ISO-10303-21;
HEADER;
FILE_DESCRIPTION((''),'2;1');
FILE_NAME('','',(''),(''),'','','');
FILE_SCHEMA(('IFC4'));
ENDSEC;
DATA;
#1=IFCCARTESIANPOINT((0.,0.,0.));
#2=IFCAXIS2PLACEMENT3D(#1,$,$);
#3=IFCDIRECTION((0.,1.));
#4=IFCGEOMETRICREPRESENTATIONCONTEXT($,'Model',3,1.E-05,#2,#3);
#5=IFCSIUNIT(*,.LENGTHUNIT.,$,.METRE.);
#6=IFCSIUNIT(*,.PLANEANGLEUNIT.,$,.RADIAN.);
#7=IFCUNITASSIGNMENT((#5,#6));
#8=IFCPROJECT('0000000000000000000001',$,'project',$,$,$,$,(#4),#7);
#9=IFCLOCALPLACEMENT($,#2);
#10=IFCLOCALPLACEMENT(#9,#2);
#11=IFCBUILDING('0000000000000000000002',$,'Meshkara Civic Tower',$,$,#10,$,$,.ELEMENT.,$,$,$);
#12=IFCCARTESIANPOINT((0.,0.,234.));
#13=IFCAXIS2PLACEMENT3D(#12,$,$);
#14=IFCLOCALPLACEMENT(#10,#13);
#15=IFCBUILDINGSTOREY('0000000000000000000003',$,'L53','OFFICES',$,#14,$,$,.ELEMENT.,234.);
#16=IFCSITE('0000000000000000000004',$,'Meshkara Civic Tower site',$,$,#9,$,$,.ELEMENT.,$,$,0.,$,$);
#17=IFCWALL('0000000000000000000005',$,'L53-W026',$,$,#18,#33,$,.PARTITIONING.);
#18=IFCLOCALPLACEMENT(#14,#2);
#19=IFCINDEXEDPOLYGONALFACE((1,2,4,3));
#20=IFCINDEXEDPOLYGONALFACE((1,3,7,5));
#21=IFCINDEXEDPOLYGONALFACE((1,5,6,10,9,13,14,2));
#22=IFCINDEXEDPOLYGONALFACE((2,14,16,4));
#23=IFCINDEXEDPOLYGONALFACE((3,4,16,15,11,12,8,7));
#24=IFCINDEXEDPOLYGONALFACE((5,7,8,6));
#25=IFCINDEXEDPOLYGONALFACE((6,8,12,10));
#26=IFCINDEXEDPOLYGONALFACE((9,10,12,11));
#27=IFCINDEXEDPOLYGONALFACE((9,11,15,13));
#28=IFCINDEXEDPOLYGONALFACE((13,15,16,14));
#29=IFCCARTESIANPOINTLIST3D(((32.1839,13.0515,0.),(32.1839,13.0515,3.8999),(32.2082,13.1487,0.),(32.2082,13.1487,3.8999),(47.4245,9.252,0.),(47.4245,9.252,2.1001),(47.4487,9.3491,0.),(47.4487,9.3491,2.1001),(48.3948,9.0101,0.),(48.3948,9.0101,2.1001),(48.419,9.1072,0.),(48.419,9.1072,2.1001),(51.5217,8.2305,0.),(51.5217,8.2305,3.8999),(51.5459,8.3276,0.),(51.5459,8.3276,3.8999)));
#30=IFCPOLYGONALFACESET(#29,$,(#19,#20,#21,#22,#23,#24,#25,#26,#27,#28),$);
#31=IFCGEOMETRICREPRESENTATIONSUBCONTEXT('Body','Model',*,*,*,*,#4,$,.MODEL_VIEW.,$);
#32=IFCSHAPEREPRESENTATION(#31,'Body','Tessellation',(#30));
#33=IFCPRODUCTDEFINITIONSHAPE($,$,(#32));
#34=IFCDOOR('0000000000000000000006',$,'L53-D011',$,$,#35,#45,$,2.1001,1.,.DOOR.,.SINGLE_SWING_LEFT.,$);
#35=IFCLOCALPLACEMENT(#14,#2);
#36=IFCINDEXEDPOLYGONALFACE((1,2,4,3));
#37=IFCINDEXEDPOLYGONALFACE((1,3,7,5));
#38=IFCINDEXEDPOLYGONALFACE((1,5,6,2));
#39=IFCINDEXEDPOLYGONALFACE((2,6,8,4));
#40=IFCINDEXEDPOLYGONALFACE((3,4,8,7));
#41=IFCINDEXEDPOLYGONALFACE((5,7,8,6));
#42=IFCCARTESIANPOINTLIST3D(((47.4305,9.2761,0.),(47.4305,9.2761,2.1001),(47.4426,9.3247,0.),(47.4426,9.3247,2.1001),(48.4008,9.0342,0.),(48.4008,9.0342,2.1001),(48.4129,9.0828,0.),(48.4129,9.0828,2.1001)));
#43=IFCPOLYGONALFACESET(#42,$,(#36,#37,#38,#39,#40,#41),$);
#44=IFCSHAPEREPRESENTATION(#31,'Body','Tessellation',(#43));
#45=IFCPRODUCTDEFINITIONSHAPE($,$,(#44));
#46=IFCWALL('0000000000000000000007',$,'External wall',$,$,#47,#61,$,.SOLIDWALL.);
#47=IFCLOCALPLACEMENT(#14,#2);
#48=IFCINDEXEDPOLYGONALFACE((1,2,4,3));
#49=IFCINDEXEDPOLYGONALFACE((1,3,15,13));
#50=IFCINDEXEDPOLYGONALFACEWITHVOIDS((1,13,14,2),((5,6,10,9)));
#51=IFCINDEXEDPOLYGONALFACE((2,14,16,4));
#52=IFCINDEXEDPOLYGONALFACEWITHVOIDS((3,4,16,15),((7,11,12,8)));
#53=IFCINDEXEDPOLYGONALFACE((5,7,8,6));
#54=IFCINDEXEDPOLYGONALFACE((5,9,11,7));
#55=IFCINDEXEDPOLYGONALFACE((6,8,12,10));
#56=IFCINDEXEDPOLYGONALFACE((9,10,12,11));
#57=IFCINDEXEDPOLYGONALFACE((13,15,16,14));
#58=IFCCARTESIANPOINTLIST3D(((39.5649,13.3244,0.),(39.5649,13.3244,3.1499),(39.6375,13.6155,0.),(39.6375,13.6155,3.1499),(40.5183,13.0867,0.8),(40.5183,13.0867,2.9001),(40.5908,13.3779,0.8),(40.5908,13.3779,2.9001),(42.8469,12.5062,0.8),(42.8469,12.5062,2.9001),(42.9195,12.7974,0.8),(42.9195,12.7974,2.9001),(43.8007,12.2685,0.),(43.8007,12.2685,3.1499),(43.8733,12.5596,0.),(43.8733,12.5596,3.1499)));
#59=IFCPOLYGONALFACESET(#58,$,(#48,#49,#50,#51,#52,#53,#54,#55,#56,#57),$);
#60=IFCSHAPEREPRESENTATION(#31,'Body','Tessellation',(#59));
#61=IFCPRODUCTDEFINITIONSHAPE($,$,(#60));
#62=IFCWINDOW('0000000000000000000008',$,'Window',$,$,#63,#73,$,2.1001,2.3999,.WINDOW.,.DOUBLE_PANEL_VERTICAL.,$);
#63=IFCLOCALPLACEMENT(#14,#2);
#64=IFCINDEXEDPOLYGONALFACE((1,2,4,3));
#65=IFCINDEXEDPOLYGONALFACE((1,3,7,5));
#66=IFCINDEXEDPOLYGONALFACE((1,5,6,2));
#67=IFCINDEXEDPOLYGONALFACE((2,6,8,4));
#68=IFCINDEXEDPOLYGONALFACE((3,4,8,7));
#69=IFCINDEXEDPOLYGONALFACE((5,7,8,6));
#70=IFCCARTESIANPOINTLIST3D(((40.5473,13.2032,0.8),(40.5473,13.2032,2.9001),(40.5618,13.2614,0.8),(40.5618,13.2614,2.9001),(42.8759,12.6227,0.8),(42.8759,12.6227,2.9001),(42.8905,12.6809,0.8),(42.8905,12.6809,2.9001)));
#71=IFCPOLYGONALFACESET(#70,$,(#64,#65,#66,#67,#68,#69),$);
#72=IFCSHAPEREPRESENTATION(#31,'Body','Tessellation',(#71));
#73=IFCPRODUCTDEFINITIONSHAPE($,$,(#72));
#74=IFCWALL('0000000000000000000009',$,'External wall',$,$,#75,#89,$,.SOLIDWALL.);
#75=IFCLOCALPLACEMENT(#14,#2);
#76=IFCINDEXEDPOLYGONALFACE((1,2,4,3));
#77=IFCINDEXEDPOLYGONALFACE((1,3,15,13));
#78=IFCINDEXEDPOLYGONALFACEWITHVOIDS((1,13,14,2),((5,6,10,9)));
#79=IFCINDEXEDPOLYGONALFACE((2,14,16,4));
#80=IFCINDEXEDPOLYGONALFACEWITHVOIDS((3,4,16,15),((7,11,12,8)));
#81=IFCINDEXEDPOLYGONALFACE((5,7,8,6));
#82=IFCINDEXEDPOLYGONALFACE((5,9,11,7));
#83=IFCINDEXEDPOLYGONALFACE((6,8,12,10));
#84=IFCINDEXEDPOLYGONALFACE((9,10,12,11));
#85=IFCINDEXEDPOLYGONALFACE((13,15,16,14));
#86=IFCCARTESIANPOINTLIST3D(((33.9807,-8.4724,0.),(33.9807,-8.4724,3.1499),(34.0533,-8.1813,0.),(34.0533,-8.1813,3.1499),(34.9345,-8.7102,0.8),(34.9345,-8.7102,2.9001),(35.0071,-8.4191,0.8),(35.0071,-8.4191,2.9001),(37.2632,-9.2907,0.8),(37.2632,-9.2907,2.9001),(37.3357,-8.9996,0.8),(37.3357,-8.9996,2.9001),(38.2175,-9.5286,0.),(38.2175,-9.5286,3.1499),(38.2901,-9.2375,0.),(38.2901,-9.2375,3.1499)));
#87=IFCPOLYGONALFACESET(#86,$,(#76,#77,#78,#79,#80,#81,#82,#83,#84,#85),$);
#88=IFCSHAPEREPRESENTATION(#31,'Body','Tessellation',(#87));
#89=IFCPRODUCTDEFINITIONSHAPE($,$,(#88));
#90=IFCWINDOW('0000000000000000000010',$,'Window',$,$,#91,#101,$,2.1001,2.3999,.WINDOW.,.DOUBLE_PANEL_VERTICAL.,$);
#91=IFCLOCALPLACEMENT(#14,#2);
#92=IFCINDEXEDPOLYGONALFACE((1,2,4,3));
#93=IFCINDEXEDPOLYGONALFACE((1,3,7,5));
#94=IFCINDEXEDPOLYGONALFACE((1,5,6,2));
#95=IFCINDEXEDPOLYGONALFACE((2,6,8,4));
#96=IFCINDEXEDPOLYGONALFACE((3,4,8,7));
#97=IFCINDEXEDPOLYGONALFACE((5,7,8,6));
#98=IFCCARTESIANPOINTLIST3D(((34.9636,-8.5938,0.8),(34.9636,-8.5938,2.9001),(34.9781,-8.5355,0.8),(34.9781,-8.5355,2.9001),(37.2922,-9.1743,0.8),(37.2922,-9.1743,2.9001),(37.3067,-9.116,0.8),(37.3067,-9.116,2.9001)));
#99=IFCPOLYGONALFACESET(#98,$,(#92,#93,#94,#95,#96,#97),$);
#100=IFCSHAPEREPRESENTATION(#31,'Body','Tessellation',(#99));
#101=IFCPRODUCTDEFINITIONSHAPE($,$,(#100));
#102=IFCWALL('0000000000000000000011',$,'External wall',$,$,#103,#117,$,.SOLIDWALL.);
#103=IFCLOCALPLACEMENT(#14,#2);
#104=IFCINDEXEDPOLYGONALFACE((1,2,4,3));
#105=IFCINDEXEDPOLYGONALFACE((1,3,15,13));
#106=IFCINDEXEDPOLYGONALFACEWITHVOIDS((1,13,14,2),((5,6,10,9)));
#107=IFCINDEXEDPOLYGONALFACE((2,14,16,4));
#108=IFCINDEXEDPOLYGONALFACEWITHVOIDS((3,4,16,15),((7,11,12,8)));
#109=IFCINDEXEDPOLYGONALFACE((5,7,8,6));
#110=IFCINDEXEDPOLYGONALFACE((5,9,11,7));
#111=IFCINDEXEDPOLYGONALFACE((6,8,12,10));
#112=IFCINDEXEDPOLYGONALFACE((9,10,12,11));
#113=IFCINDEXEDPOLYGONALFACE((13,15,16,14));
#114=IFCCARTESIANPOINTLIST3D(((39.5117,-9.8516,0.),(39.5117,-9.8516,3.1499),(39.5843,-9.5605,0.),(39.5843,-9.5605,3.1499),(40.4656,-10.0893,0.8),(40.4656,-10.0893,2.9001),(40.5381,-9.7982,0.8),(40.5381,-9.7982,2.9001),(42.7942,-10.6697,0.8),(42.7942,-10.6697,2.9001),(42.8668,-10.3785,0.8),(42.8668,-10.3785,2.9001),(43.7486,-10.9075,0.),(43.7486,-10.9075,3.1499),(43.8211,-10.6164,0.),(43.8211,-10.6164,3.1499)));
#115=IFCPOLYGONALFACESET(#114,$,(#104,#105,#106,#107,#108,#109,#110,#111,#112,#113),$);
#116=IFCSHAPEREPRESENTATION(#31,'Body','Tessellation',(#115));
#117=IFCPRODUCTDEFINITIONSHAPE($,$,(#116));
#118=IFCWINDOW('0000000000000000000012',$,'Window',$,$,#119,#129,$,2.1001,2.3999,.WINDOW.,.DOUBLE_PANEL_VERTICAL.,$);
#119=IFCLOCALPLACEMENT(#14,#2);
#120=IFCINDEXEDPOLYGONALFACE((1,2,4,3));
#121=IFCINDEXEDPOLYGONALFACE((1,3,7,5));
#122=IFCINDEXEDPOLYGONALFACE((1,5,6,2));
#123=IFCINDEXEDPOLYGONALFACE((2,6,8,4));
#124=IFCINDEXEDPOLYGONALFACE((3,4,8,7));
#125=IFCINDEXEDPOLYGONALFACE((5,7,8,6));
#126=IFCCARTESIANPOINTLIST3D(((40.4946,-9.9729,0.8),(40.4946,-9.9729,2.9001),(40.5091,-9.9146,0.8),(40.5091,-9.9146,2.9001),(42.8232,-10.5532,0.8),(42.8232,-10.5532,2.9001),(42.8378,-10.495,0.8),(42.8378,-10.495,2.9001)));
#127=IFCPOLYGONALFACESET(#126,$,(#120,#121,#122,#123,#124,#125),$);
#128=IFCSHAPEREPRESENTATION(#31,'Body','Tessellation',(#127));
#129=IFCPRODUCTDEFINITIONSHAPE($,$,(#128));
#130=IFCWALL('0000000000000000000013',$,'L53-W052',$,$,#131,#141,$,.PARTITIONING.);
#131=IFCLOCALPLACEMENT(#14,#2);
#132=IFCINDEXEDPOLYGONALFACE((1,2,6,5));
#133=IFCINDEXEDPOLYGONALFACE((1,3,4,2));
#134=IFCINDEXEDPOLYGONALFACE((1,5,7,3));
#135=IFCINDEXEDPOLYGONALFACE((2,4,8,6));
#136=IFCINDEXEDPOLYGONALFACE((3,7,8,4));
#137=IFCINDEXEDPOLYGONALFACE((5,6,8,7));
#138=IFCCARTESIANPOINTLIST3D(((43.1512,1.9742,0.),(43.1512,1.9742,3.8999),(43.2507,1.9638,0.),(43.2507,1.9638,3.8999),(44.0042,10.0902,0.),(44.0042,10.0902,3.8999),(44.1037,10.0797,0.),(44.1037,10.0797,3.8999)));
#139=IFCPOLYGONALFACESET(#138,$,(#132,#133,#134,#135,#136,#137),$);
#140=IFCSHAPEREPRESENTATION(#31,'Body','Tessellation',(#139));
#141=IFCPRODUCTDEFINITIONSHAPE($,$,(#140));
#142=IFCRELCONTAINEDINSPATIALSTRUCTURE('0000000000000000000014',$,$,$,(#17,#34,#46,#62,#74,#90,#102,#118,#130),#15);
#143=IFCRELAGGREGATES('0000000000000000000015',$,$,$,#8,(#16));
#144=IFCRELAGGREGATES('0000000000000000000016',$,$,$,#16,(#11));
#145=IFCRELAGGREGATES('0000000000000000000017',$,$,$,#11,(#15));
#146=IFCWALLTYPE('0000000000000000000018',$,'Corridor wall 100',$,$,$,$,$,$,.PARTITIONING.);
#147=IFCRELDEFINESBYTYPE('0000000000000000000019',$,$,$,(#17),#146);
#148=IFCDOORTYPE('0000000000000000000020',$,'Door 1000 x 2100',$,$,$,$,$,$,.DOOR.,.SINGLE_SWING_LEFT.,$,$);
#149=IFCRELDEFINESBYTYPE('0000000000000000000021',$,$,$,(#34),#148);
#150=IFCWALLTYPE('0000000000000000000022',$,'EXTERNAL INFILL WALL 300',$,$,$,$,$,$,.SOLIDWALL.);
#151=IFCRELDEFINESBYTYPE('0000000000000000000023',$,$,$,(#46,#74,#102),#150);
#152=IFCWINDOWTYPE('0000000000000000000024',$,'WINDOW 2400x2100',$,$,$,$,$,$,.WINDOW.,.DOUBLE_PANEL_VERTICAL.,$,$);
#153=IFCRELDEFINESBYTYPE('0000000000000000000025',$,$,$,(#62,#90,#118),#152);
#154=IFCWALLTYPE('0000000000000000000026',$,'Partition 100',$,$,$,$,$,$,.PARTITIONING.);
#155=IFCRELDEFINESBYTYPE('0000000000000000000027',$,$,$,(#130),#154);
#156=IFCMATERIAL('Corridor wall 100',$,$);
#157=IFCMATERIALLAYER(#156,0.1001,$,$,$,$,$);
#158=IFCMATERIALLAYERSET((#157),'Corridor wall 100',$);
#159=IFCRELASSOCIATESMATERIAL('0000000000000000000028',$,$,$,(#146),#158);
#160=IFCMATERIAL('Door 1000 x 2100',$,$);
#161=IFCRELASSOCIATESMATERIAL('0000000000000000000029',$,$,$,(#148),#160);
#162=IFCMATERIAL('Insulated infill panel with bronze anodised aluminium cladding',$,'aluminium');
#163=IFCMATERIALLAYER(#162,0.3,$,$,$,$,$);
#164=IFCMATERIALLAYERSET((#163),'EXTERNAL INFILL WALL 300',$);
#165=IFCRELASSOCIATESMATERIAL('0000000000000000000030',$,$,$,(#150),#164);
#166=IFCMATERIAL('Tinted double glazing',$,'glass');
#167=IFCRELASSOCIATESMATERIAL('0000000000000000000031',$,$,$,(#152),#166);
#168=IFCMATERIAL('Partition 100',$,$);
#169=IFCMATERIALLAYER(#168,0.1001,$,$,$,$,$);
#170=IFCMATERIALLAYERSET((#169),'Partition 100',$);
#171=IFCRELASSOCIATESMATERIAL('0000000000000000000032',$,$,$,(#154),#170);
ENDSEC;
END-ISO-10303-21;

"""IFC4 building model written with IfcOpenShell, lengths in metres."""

from ifc_helpers import new_model, si_unit, direction, frame, frame_2d, origin, place, context, subcontext, project, spatial, rectangle, extrude, material, layer, layer_set, type_object, element, fill, save


model = new_model("IFC4")

# Units and contexts
model_context = context("Model", 3, precision=1e-05, world=origin(), true_north=direction((0.0, 1.0)))
body_context = subcontext(model_context, "Body", "Model", "MODEL_VIEW")
ifc_project = project(units=[si_unit("LENGTHUNIT", "METRE"), si_unit("PLANEANGLEUNIT", "RADIAN")], contexts=[model_context])

# Site, building, storey
site_placement = place(None, origin())
site = spatial("IfcSite", under=ifc_project, at=site_placement, Name="Meshkara Civic Tower site", CompositionType="ELEMENT", RefElevation=0.0)
building_placement = place(site_placement, origin())
building = spatial("IfcBuilding", under=site, at=building_placement, Name="Meshkara Civic Tower", CompositionType="ELEMENT")
storey_placement = place(building_placement, frame((0.0, 0.0, 234.0)))
storey = spatial("IfcBuildingStorey", under=building, at=storey_placement, Name="L53", Description="OFFICES", CompositionType="ELEMENT", Elevation=234.0)

# Wall, opening, door
ifc_material_1 = material(Name="Corridor wall 100")
ifc_layer_1 = layer(ifc_material_1, 0.1001)
ifc_layer_set_1 = layer_set([ifc_layer_1], Name="Corridor wall 100")
wall_type_1 = type_object("IfcWallType", Name="Corridor wall 100", PredefinedType="PARTITIONING", material=ifc_layer_set_1)
wall_1_placement = place(storey_placement, frame((32.196, 13.1001, 0.0), z_axis=(0.0, 0.0, 1.0), x_axis=(0.970301, -0.241901, 0.0)))
wall_1 = element("IfcWall", 1, at=wall_1_placement, inside=storey, type_object=wall_type_1, Name="L53-W026", PredefinedType="PARTITIONING", context=body_context, shape_type="SweptSolid", body=[
    extrude(rectangle(XDim=19.9297, YDim=0.1001, at=frame_2d((9.9648, 0.0))), origin(), (0.0, 0.0, 1.0), 3.8999),
])
opening_1_placement = place(wall_1_placement, frame((15.707, 0.0, 0.0)))
opening_1 = element("IfcOpeningElement", 2, at=opening_1_placement, cuts=wall_1, PredefinedType="OPENING", context=body_context, shape_type="SweptSolid", body=[
    extrude(rectangle(XDim=1.0, YDim=2.1001, at=frame_2d((0.5, 1.05))), frame((0.0, 0.0601, 0.0), z_axis=(0.0, -1.0, 0.0), x_axis=(1.0, 0.0, 0.0)), (0.0, 0.0, 1.0), 0.1201),
])
ifc_material_2 = material(Name="Door 1000 x 2100")
door_type_1 = type_object("IfcDoorType", Name="Door 1000 x 2100", OperationType="SINGLE_SWING_LEFT", PredefinedType="DOOR", material=ifc_material_2)
door_1_placement = place(opening_1_placement, origin())
door_1 = element("IfcDoor", 3, at=door_1_placement, inside=storey, type_object=door_type_1, Name="L53-D011", OperationType="SINGLE_SWING_LEFT", OverallHeight=2.1001, OverallWidth=1.0, PredefinedType="DOOR", context=body_context, shape_type="SweptSolid", body=[
    extrude(rectangle(XDim=1.0, YDim=2.1001, at=frame_2d((0.5, 1.05))), frame((0.0, 0.0249, 0.0), z_axis=(0.0, -1.0, 0.0), x_axis=(1.0, 0.0, 0.0)), (0.0, 0.0, 1.0), 0.05),
])
fill(opening_1, door_1)

# Walls, openings, windows
ifc_material_3 = material(Name="Insulated infill panel with bronze anodised aluminium cladding", Category="aluminium")
ifc_layer_2 = layer(ifc_material_3, 0.3)
ifc_layer_set_2 = layer_set([ifc_layer_2], Name="EXTERNAL INFILL WALL 300")
wall_type_2 = type_object("IfcWallType", Name="EXTERNAL INFILL WALL 300", PredefinedType="SOLIDWALL", material=ifc_layer_set_2)
wall_2_placement = place(storey_placement, frame((43.8369, 12.4141, 0.0), z_axis=(0.0, 0.0, 1.0), x_axis=(-0.970307, 0.241878, 0.0)))
wall_2 = element("IfcWall", 4, at=wall_2_placement, inside=storey, type_object=wall_type_2, Name="External wall", PredefinedType="SOLIDWALL", context=body_context, shape_type="SweptSolid", body=[
    extrude(rectangle(XDim=4.3655, YDim=0.3, at=frame_2d((2.1826, 0.0))), origin(), (0.0, 0.0, 1.0), 3.1499),
])
opening_2_placement = place(wall_2_placement, frame((0.9829, 0.0, 0.8)))
opening_2 = element("IfcOpeningElement", 5, at=opening_2_placement, cuts=wall_2, PredefinedType="OPENING", context=body_context, shape_type="SweptSolid", body=[
    extrude(rectangle(XDim=2.3999, YDim=2.1001, at=frame_2d((1.2, 1.05))), frame((0.0, 0.1599, 0.0), z_axis=(0.0, -1.0, 0.0), x_axis=(1.0, 0.0, 0.0)), (0.0, 0.0, 1.0), 0.3201),
])
ifc_material_4 = material(Name="Tinted double glazing", Category="glass")
window_type = type_object("IfcWindowType", Name="WINDOW 2400x2100", PartitioningType="DOUBLE_PANEL_VERTICAL", PredefinedType="WINDOW", material=ifc_material_4)
window_1_placement = place(opening_2_placement, origin())
window_1 = element("IfcWindow", 6, at=window_1_placement, inside=storey, type_object=window_type, Name="Window", OverallHeight=2.1001, OverallWidth=2.3999, PartitioningType="DOUBLE_PANEL_VERTICAL", PredefinedType="WINDOW", context=body_context, shape_type="SweptSolid", body=[
    extrude(rectangle(XDim=2.3999, YDim=2.1001, at=frame_2d((1.2, 1.05))), frame((0.0, 0.03, 0.0), z_axis=(0.0, -1.0, 0.0), x_axis=(1.0, 0.0, 0.0)), (0.0, 0.0, 1.0), 0.0601),
])
fill(opening_2, window_1)
wall_3_placement = place(storey_placement, frame((34.0171, -8.3269, 0.0), z_axis=(0.0, 0.0, 1.0), x_axis=(0.970307, -0.241878, 0.0)))
wall_3 = element("IfcWall", 7, at=wall_3_placement, inside=storey, type_object=wall_type_2, Name="External wall", PredefinedType="SOLIDWALL", context=body_context, shape_type="SweptSolid", body=[
    extrude(rectangle(XDim=4.3665, YDim=0.3, at=frame_2d((2.1831, 0.0))), origin(), (0.0, 0.0, 1.0), 3.1499),
])
opening_3_placement = place(wall_3_placement, frame((0.9829, 0.0, 0.8)))
opening_3 = element("IfcOpeningElement", 8, at=opening_3_placement, cuts=wall_3, PredefinedType="OPENING", context=body_context, shape_type="SweptSolid", body=[
    extrude(rectangle(XDim=2.3999, YDim=2.1001, at=frame_2d((1.2, 1.05))), frame((0.0, 0.1599, 0.0), z_axis=(0.0, -1.0, 0.0), x_axis=(1.0, 0.0, 0.0)), (0.0, 0.0, 1.0), 0.3201),
])
window_2_placement = place(opening_3_placement, origin())
window_2 = element("IfcWindow", 9, at=window_2_placement, inside=storey, type_object=window_type, Name="Window", OverallHeight=2.1001, OverallWidth=2.3999, PartitioningType="DOUBLE_PANEL_VERTICAL", PredefinedType="WINDOW", context=body_context, shape_type="SweptSolid", body=[
    extrude(rectangle(XDim=2.3999, YDim=2.1001, at=frame_2d((1.2, 1.05))), frame((0.0, 0.03, 0.0), z_axis=(0.0, -1.0, 0.0), x_axis=(1.0, 0.0, 0.0)), (0.0, 0.0, 1.0), 0.0601),
])
fill(opening_3, window_2)
wall_4_placement = place(storey_placement, frame((39.5481, -9.7061, 0.0), z_axis=(0.0, 0.0, 1.0), x_axis=(0.97032, -0.241825, 0.0)))
wall_4 = element("IfcWall", 10, at=wall_4_placement, inside=storey, type_object=wall_type_2, Name="External wall", PredefinedType="SOLIDWALL", context=body_context, shape_type="SweptSolid", body=[
    extrude(rectangle(XDim=4.3665, YDim=0.3, at=frame_2d((2.1831, 0.0))), origin(), (0.0, 0.0, 1.0), 3.1499),
])
opening_4_placement = place(wall_4_placement, frame((0.9829, 0.0, 0.8)))
opening_4 = element("IfcOpeningElement", 11, at=opening_4_placement, cuts=wall_4, PredefinedType="OPENING", context=body_context, shape_type="SweptSolid", body=[
    extrude(rectangle(XDim=2.3999, YDim=2.1001, at=frame_2d((1.2, 1.05))), frame((0.0, 0.1599, 0.0), z_axis=(0.0, -1.0, 0.0), x_axis=(1.0, 0.0, 0.0)), (0.0, 0.0, 1.0), 0.3201),
])
window_3_placement = place(opening_4_placement, origin())
window_3 = element("IfcWindow", 12, at=window_3_placement, inside=storey, type_object=window_type, Name="Window", OverallHeight=2.1001, OverallWidth=2.3999, PartitioningType="DOUBLE_PANEL_VERTICAL", PredefinedType="WINDOW", context=body_context, shape_type="SweptSolid", body=[
    extrude(rectangle(XDim=2.3999, YDim=2.1001, at=frame_2d((1.2, 1.05))), frame((0.0, 0.03, 0.0), z_axis=(0.0, -1.0, 0.0), x_axis=(1.0, 0.0, 0.0)), (0.0, 0.0, 1.0), 0.0601),
])
fill(opening_4, window_3)

# Wall
ifc_material_5 = material(Name="Partition 100")
ifc_layer_3 = layer(ifc_material_5, 0.1001)
ifc_layer_set_3 = layer_set([ifc_layer_3], Name="Partition 100")
wall_type_3 = type_object("IfcWallType", Name="Partition 100", PredefinedType="PARTITIONING", material=ifc_layer_set_3)
wall_5_placement = place(storey_placement, frame((43.2009, 1.969, 0.0), z_axis=(0.0, 0.0, 1.0), x_axis=(0.104529, 0.994522, 0.0)))
element("IfcWall", 13, at=wall_5_placement, inside=storey, type_object=wall_type_3, Name="L53-W052", PredefinedType="PARTITIONING", context=body_context, shape_type="SweptSolid", body=[
    extrude(rectangle(XDim=8.1606, YDim=0.1001, at=frame_2d((4.0803, 0.0))), origin(), (0.0, 0.0, 1.0), 3.8999),
])

save(model, "model.ifc")
